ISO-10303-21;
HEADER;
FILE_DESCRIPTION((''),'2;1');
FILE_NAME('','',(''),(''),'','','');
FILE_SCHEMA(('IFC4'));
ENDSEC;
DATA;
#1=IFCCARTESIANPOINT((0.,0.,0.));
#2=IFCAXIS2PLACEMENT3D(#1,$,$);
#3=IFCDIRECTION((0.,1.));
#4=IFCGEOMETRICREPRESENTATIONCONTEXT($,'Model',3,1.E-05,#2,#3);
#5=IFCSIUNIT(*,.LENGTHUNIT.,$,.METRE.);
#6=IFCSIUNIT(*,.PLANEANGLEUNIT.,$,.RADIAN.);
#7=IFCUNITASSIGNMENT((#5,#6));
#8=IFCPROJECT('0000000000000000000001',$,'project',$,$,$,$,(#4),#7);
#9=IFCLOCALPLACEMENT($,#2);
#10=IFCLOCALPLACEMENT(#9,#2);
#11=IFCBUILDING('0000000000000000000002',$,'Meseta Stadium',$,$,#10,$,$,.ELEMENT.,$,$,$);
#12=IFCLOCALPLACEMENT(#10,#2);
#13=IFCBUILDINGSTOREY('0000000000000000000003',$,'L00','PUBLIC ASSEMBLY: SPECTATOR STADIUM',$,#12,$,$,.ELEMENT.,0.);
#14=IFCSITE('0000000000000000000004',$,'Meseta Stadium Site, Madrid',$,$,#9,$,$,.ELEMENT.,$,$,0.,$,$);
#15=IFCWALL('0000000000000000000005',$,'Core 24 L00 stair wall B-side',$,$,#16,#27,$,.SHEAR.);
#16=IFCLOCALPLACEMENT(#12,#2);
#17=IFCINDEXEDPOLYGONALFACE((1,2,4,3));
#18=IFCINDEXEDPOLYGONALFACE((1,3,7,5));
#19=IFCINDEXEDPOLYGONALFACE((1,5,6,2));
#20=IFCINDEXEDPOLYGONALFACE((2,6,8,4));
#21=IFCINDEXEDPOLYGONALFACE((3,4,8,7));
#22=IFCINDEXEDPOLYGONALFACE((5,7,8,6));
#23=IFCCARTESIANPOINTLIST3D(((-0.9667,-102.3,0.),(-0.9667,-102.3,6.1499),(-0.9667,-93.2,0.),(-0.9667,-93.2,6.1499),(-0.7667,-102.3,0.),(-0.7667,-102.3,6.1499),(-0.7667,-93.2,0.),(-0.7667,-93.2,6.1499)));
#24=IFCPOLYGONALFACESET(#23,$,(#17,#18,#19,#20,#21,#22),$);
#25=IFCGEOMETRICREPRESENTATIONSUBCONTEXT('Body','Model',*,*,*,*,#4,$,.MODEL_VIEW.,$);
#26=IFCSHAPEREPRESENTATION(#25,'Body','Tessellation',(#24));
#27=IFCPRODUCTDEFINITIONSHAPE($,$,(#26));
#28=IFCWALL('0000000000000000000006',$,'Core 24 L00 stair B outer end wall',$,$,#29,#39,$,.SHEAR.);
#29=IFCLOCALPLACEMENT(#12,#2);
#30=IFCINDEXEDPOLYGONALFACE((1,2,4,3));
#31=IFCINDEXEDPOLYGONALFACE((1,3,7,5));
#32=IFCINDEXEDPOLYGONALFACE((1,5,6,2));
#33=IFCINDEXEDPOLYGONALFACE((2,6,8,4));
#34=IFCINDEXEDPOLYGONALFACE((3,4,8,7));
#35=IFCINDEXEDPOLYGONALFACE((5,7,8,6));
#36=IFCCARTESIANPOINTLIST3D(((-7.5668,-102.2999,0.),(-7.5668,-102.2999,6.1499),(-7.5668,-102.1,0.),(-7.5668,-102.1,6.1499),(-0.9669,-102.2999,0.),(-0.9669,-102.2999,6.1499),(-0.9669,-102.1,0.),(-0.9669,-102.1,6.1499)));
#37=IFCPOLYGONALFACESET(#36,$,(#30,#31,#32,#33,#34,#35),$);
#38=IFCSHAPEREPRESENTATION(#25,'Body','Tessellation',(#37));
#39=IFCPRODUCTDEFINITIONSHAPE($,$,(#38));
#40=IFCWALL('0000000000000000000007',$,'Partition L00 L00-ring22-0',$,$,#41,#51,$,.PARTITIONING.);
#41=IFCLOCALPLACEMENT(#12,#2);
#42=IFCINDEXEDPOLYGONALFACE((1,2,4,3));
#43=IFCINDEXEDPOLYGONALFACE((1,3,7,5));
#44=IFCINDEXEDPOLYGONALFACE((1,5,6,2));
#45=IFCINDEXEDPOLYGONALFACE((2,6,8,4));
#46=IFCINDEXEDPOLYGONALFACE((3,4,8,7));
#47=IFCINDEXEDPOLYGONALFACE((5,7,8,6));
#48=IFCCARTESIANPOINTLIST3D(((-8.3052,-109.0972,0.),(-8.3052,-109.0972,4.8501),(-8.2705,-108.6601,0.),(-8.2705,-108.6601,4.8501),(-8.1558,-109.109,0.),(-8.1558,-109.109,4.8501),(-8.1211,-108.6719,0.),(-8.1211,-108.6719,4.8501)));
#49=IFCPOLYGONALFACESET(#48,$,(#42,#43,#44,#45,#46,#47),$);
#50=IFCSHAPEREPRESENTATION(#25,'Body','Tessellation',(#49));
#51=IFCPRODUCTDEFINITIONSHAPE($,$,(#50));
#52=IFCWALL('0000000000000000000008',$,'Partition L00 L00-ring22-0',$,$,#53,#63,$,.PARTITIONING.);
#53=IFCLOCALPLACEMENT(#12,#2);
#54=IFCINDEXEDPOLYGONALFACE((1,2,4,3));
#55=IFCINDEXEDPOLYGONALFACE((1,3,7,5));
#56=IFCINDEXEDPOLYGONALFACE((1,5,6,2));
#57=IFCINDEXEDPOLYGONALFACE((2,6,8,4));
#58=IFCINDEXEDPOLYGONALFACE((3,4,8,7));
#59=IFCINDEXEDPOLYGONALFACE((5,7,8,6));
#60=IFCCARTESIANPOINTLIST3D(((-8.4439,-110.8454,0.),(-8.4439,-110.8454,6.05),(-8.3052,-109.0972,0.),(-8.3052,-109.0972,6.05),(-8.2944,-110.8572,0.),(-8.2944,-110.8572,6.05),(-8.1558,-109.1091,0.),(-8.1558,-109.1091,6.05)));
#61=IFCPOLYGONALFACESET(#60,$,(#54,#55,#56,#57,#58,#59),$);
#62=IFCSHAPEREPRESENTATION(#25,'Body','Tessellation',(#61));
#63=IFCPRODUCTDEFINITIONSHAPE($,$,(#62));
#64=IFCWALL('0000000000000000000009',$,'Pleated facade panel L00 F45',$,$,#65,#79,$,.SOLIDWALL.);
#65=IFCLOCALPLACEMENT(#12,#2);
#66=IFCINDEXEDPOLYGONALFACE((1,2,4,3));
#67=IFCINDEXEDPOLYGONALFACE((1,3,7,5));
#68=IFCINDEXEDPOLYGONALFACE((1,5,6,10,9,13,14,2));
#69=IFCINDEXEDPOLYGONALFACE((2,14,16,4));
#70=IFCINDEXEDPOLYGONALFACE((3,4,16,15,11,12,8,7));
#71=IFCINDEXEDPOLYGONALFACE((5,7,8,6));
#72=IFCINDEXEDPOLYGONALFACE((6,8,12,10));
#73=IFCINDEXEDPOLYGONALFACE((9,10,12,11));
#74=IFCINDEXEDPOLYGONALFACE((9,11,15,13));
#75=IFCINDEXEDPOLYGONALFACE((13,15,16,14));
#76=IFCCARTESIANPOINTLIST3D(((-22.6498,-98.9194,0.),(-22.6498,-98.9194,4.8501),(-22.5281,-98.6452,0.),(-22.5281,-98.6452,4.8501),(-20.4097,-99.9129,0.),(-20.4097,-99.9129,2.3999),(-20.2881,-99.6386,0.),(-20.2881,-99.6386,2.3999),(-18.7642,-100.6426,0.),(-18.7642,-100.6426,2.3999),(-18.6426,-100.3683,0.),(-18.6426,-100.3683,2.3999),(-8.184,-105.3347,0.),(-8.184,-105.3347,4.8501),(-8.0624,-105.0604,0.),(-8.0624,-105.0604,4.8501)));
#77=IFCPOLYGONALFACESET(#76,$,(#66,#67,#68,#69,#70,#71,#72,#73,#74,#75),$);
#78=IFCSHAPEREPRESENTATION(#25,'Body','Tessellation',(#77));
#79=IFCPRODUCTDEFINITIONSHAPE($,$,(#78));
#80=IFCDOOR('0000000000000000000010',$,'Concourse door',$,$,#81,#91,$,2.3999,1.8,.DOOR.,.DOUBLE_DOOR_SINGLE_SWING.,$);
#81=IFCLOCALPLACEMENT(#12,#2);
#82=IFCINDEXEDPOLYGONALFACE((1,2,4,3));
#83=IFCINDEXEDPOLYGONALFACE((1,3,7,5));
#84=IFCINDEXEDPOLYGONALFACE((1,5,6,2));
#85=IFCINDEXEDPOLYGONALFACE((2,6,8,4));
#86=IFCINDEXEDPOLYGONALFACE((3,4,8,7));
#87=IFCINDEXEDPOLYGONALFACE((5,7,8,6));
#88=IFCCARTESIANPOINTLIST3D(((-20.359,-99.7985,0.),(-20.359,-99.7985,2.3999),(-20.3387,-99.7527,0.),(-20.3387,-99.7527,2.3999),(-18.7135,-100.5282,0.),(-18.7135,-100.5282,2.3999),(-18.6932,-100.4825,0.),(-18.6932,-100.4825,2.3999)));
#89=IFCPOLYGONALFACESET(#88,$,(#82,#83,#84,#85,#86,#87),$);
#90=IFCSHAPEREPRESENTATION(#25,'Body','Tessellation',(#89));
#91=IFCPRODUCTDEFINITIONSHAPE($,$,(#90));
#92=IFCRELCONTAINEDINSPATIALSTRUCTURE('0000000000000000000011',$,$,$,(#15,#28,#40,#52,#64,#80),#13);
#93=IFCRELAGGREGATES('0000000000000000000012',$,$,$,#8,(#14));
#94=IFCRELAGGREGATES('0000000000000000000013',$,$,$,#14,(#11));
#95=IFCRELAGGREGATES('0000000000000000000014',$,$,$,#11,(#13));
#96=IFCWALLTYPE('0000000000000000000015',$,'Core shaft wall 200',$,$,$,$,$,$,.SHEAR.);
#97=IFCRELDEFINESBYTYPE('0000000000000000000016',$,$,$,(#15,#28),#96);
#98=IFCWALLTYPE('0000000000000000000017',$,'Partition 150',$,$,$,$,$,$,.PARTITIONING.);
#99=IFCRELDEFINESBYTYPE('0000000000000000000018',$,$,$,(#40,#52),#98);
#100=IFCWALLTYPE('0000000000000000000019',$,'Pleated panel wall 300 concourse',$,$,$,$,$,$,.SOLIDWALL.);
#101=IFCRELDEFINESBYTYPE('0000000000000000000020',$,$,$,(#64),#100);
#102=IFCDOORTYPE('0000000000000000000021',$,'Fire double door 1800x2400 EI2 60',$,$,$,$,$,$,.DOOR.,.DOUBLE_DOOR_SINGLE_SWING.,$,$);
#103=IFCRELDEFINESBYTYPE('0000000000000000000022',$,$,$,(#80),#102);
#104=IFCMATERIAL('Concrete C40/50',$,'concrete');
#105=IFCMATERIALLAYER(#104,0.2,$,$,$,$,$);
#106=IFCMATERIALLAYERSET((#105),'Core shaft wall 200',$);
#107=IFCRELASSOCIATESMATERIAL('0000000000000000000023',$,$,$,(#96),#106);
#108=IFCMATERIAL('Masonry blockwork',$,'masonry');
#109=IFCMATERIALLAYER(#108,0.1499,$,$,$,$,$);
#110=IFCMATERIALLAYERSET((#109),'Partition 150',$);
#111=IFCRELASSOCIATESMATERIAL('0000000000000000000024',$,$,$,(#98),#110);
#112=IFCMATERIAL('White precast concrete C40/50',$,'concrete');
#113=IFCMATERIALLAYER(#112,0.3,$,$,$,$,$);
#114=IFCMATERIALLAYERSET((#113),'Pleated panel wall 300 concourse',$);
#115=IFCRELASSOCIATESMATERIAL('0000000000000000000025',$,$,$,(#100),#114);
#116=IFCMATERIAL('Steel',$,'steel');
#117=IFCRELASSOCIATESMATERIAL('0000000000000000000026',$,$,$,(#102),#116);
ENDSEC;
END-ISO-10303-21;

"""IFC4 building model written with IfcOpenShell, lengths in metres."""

from ifc_helpers import new_model, si_unit, direction, frame, frame_2d, origin, place, context, subcontext, project, spatial, rectangle, extrude, material, layer, layer_set, type_object, element, fill, save


model = new_model("IFC4")

# Units and contexts
model_context = context("Model", 3, precision=1e-05, world=origin(), true_north=direction((0.0, 1.0)))
body_context = subcontext(model_context, "Body", "Model", "MODEL_VIEW")
ifc_project = project(units=[si_unit("LENGTHUNIT", "METRE"), si_unit("PLANEANGLEUNIT", "RADIAN")], contexts=[model_context])

# Site, building, storey
site_placement = place(None, origin())
site = spatial("IfcSite", under=ifc_project, at=site_placement, Name="Meseta Stadium Site, Madrid", CompositionType="ELEMENT", RefElevation=0.0)
building_placement = place(site_placement, origin())
building = spatial("IfcBuilding", under=site, at=building_placement, Name="Meseta Stadium", CompositionType="ELEMENT")
storey_placement = place(building_placement, origin())
storey = spatial("IfcBuildingStorey", under=building, at=storey_placement, Name="L00", Description="PUBLIC ASSEMBLY: SPECTATOR STADIUM", CompositionType="ELEMENT", Elevation=0.0)

# Walls
ifc_material_1 = material(Name="Concrete C40/50", Category="concrete")
ifc_layer_1 = layer(ifc_material_1, 0.2)
ifc_layer_set_1 = layer_set([ifc_layer_1], Name="Core shaft wall 200")
wall_type_1 = type_object("IfcWallType", Name="Core shaft wall 200", PredefinedType="SHEAR", material=ifc_layer_set_1)
for number, where, z_axis, x_axis, name in (
    (1, (-0.8667, -102.3, 0.0), (0.0, 0.0, 1.0), (0.0, 1.0, 0.0), "Core 24 L00 stair wall B-side"),
):
    element("IfcWall", number, at=place(storey_placement, frame(where, z_axis=z_axis, x_axis=x_axis)), inside=storey, type_object=wall_type_1, Name=name, PredefinedType="SHEAR", context=body_context, shape_type="SweptSolid", body=[
        extrude(rectangle(XDim=9.1001, YDim=0.2, at=frame_2d((4.55, 0.0))), origin(), (0.0, 0.0, 1.0), 6.1499),
    ])
wall_1_placement = place(storey_placement, frame((-7.5667, -102.2, 0.0), z_axis=(0.0, 0.0, 1.0), x_axis=(1.0, 0.0, 0.0)))
element("IfcWall", 2, at=wall_1_placement, inside=storey, type_object=wall_type_1, Name="Core 24 L00 stair B outer end wall", PredefinedType="SHEAR", context=body_context, shape_type="SweptSolid", body=[
    extrude(rectangle(XDim=6.5999, YDim=0.2, at=frame_2d((3.2998, 0.0))), origin(), (0.0, 0.0, 1.0), 6.1499),
])
ifc_material_2 = material(Name="Masonry blockwork", Category="masonry")
ifc_layer_2 = layer(ifc_material_2, 0.1499)
ifc_layer_set_2 = layer_set([ifc_layer_2], Name="Partition 150")
wall_type_2 = type_object("IfcWallType", Name="Partition 150", PredefinedType="PARTITIONING", material=ifc_layer_set_2)
wall_2_placement = place(storey_placement, frame((-8.1958, -108.666, 0.0), z_axis=(0.0, 0.0, 1.0), x_axis=(-0.079081, -0.996868, 0.0)))
element("IfcWall", 3, at=wall_2_placement, inside=storey, type_object=wall_type_2, Name="Partition L00 L00-ring22-0", PredefinedType="PARTITIONING", context=body_context, shape_type="SweptSolid", body=[
    extrude(rectangle(XDim=0.4385, YDim=0.1499, at=frame_2d((0.2192, 0.0))), origin(), (0.0, 0.0, 1.0), 4.8501),
])
wall_3_placement = place(storey_placement, frame((-8.2305, -109.103, 0.0), z_axis=(0.0, 0.0, 1.0), x_axis=(-0.07907, -0.996869, 0.0)))
element("IfcWall", 4, at=wall_3_placement, inside=storey, type_object=wall_type_2, Name="Partition L00 L00-ring22-0", PredefinedType="PARTITIONING", context=body_context, shape_type="SweptSolid", body=[
    extrude(rectangle(XDim=1.7537, YDim=0.1499, at=frame_2d((0.877, 0.0))), origin(), (0.0, 0.0, 1.0), 6.05),
])

# Wall, opening, door
ifc_material_3 = material(Name="White precast concrete C40/50", Category="concrete")
ifc_layer_3 = layer(ifc_material_3, 0.3)
ifc_layer_set_3 = layer_set([ifc_layer_3], Name="Pleated panel wall 300 concourse")
wall_type_3 = type_object("IfcWallType", Name="Pleated panel wall 300 concourse", PredefinedType="SOLIDWALL", material=ifc_layer_set_3)
wall_4_placement = place(storey_placement, frame((-8.1233, -105.1975, 0.0), z_axis=(0.0, 0.0, 1.0), x_axis=(-0.914139, 0.405401, 0.0)))
wall_4 = element("IfcWall", 5, at=wall_4_placement, inside=storey, type_object=wall_type_3, Name="Pleated facade panel L00 F45", PredefinedType="SOLIDWALL", context=body_context, shape_type="SweptSolid", body=[
    extrude(rectangle(XDim=15.8245, YDim=0.3, at=frame_2d((7.9121, 0.0))), origin(), (0.0, 0.0, 1.0), 4.8501),
])
opening_placement = place(wall_4_placement, frame((11.574, 0.0, 0.0)))
opening = element("IfcOpeningElement", 6, at=opening_placement, cuts=wall_4, PredefinedType="OPENING", context=body_context, shape_type="SweptSolid", body=[
    extrude(rectangle(XDim=1.8, YDim=2.3999, at=frame_2d((0.8999, 1.2))), frame((0.0, 0.1599, 0.0), z_axis=(0.0, -1.0, 0.0), x_axis=(1.0, 0.0, 0.0)), (0.0, 0.0, 1.0), 0.3201),
])
ifc_material_4 = material(Name="Steel", Category="steel")
door_type = type_object("IfcDoorType", Name="Fire double door 1800x2400 EI2 60", OperationType="DOUBLE_DOOR_SINGLE_SWING", PredefinedType="DOOR", material=ifc_material_4)
door_placement = place(opening_placement, origin())
door = element("IfcDoor", 7, at=door_placement, inside=storey, type_object=door_type, Name="Concourse door", OperationType="DOUBLE_DOOR_SINGLE_SWING", OverallHeight=2.3999, OverallWidth=1.8, PredefinedType="DOOR", context=body_context, shape_type="SweptSolid", body=[
    extrude(rectangle(XDim=1.8, YDim=2.3999, at=frame_2d((0.8999, 1.2))), frame((0.0, 0.0249, 0.0), z_axis=(0.0, -1.0, 0.0), x_axis=(1.0, 0.0, 0.0)), (0.0, 0.0, 1.0), 0.05),
])
fill(opening, door)

save(model, "model.ifc")
